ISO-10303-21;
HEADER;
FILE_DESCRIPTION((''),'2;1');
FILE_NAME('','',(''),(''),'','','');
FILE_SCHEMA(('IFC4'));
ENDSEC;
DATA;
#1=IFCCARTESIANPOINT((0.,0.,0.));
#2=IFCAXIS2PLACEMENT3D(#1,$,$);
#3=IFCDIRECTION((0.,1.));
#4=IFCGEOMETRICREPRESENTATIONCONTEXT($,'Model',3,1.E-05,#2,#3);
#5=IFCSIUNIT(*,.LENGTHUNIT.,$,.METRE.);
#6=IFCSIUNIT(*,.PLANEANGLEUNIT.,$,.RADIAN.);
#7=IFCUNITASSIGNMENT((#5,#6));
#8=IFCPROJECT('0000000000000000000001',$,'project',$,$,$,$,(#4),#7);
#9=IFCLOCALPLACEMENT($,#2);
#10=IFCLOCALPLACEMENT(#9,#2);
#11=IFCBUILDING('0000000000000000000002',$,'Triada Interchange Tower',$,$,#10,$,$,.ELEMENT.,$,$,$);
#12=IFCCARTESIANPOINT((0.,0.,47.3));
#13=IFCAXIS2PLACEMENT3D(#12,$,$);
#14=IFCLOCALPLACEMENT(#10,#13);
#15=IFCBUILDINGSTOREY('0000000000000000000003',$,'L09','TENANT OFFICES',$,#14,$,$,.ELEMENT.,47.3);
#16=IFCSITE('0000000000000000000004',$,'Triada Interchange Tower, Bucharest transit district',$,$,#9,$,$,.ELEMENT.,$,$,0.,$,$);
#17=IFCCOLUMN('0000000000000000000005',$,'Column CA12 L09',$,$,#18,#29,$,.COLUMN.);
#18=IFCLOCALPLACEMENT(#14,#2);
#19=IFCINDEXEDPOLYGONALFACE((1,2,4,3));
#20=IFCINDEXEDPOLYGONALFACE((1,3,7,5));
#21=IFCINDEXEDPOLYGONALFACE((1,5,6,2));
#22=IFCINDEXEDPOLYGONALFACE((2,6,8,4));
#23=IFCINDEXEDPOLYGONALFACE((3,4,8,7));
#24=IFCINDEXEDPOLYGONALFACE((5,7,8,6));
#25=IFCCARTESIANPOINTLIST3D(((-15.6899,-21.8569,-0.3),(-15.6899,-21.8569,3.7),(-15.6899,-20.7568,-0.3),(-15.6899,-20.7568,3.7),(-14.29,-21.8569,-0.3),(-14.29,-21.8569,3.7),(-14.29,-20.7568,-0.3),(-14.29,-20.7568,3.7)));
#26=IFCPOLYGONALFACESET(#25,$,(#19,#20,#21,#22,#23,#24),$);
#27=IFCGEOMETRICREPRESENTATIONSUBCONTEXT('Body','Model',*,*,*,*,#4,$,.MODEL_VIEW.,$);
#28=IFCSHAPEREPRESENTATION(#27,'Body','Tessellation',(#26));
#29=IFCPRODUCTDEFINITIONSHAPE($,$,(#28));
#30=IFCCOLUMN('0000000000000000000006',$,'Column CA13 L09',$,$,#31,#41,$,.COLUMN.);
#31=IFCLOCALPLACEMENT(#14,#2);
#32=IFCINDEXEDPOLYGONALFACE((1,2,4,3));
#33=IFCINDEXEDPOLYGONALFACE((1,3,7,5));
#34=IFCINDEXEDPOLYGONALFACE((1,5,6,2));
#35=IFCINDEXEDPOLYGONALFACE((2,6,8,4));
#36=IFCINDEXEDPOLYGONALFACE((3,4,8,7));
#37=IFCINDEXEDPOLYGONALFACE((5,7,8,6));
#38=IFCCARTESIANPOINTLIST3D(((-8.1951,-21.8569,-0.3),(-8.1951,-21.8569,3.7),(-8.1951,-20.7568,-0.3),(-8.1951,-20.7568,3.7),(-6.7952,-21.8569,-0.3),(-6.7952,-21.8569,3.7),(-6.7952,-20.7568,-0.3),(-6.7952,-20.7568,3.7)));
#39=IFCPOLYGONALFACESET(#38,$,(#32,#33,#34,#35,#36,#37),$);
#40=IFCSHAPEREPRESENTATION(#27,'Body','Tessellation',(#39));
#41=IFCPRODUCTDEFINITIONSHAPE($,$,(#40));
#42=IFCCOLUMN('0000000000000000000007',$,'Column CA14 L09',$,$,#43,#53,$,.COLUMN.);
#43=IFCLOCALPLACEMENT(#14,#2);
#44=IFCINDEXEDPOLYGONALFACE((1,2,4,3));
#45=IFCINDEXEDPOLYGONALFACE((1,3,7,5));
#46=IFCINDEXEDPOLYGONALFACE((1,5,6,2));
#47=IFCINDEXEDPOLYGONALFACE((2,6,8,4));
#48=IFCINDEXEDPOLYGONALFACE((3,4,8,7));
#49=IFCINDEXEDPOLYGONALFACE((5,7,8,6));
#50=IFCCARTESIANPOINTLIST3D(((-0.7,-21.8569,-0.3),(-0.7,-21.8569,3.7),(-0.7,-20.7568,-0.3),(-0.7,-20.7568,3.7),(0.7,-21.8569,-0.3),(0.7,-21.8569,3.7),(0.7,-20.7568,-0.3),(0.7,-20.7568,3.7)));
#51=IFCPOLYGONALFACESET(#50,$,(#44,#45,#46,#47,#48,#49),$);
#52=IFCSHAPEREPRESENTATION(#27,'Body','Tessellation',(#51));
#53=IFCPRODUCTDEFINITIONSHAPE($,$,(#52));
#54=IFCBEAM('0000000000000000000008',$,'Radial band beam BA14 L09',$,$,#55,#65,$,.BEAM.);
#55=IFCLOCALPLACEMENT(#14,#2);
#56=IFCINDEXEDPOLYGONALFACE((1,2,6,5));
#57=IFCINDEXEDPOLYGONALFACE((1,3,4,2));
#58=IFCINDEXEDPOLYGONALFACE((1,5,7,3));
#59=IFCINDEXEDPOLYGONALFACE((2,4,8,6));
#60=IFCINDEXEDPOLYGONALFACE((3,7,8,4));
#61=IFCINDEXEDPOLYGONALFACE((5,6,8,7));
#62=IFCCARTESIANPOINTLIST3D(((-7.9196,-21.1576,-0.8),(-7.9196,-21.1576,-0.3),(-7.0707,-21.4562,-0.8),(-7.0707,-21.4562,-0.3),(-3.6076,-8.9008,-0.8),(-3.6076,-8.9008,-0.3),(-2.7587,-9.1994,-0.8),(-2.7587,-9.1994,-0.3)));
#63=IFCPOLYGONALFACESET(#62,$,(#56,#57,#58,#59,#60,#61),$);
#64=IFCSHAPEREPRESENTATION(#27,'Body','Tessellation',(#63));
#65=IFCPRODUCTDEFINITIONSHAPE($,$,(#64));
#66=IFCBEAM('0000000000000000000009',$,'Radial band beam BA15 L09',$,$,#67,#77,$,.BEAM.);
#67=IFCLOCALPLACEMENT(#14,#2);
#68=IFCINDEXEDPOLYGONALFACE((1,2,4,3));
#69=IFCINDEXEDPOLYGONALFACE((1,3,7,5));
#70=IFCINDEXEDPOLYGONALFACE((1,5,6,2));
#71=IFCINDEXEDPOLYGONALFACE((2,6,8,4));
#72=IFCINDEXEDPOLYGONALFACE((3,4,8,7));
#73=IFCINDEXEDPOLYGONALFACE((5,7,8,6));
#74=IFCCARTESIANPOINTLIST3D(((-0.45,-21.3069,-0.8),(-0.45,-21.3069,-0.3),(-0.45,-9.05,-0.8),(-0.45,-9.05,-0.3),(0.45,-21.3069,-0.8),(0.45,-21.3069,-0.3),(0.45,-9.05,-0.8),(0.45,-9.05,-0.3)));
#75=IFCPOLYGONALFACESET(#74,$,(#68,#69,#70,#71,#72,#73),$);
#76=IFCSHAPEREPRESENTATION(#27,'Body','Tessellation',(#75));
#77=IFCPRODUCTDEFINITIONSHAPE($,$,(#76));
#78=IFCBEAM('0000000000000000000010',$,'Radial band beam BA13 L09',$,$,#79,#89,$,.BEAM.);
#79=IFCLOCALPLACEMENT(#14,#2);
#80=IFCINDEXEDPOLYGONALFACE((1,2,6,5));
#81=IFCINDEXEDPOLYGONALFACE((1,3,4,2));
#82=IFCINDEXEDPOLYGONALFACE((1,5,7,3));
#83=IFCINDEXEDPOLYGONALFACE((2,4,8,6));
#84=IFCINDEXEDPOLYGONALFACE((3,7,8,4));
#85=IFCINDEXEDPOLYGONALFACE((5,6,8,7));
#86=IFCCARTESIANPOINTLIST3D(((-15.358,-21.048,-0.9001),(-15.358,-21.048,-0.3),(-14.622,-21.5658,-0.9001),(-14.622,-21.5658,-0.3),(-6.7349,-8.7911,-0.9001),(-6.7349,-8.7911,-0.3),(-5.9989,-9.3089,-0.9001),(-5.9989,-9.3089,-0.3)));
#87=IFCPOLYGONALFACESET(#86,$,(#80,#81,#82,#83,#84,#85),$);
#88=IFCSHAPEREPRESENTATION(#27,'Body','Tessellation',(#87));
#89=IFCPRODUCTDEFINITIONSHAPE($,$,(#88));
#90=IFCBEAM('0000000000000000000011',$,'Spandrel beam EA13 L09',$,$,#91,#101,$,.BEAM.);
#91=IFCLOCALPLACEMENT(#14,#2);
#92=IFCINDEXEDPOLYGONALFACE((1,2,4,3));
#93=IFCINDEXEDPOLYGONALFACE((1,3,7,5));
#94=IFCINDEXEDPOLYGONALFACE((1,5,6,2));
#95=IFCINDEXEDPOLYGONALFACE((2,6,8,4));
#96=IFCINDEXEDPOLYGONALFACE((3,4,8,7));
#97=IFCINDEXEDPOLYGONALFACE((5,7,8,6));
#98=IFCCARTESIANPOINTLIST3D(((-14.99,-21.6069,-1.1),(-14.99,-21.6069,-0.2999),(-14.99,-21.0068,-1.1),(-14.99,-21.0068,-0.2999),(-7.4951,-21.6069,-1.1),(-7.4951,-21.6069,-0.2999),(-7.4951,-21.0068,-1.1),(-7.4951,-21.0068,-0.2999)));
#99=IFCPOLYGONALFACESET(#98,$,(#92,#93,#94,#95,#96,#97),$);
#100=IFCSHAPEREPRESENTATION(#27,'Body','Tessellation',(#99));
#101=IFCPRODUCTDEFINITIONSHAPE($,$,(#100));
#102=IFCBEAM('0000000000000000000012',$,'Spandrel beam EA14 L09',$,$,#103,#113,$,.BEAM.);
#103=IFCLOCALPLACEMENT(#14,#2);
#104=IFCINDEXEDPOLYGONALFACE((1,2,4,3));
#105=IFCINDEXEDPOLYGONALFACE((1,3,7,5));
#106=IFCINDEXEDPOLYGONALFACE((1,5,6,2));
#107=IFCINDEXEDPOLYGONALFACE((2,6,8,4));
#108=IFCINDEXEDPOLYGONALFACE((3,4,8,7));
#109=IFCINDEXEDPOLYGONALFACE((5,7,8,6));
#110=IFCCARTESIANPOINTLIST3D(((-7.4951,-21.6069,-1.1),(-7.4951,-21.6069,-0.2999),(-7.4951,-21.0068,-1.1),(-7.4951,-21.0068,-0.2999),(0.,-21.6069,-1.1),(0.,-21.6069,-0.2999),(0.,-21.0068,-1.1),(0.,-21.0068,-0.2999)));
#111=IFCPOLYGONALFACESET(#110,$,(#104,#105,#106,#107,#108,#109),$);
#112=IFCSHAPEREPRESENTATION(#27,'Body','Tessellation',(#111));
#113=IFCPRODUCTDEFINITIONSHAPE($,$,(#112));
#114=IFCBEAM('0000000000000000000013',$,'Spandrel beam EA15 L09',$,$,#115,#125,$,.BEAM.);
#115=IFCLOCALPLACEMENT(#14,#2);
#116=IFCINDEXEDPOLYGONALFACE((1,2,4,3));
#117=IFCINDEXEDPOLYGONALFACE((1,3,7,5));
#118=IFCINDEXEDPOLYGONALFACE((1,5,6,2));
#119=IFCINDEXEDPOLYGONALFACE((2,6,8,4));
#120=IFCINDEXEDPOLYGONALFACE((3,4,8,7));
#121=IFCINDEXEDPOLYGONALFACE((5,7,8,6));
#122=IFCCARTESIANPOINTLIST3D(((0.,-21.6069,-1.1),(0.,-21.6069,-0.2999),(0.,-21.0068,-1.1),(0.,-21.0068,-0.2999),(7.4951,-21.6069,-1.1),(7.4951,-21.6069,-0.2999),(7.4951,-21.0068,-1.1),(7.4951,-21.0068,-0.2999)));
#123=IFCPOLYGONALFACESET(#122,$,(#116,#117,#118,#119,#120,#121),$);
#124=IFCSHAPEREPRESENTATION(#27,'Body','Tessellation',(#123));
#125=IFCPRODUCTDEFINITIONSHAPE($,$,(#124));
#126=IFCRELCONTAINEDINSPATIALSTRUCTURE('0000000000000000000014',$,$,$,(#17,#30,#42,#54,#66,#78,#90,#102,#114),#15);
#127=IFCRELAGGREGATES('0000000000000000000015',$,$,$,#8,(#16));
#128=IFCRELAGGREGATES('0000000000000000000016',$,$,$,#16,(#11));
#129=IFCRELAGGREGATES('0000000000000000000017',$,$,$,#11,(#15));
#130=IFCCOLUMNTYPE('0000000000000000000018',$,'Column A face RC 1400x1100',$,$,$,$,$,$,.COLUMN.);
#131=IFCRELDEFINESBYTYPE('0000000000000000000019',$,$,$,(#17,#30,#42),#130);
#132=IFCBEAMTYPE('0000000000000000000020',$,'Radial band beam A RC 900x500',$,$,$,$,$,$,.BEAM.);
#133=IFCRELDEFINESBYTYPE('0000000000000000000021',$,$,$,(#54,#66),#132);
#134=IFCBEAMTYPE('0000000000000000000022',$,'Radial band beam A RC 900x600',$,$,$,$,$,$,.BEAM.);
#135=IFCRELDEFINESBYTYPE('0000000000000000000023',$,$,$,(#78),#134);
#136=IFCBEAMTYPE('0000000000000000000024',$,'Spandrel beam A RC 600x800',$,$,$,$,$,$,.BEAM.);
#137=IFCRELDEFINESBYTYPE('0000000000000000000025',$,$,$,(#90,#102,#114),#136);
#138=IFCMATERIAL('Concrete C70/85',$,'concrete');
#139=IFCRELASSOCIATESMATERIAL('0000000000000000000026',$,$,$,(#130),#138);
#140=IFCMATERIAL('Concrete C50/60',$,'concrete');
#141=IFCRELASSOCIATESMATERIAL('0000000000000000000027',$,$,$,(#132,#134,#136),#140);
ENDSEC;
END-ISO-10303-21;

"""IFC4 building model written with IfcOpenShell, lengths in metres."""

from ifc_helpers import new_model, si_unit, direction, frame, origin, origin_2d, place, context, subcontext, project, spatial, rectangle, extrude, material, material_profile, profile_set, type_object, element, save


model = new_model("IFC4")

# Units and contexts
model_context = context("Model", 3, precision=1e-05, world=origin(), true_north=direction((0.0, 1.0)))
body_context = subcontext(model_context, "Body", "Model", "MODEL_VIEW")
ifc_project = project(units=[si_unit("LENGTHUNIT", "METRE"), si_unit("PLANEANGLEUNIT", "RADIAN")], contexts=[model_context])

# Site, building, storey
site_placement = place(None, origin())
site = spatial("IfcSite", under=ifc_project, at=site_placement, Name="Triada Interchange Tower, Bucharest transit district", CompositionType="ELEMENT", RefElevation=0.0)
building_placement = place(site_placement, origin())
building = spatial("IfcBuilding", under=site, at=building_placement, Name="Triada Interchange Tower", CompositionType="ELEMENT")
storey_placement = place(building_placement, frame((0.0, 0.0, 47.3)))
storey = spatial("IfcBuildingStorey", under=building, at=storey_placement, Name="L09", Description="TENANT OFFICES", CompositionType="ELEMENT", Elevation=47.3)

# Columns
ifc_material_1 = material(Name="Concrete C70/85", Category="concrete")
ifc_material_profile_1 = material_profile(ifc_material_1, rectangle(XDim=1.3999, YDim=1.1001, at=origin_2d()), Name="RC 1400x1100")
ifc_profile_set_1 = profile_set([ifc_material_profile_1], Name="Concrete C70/85")
column_type = type_object("IfcColumnType", Name="Column A face RC 1400x1100", PredefinedType="COLUMN", material=ifc_profile_set_1)
for number, where, z_axis, x_axis, name in (
    (1, (-14.99, -21.3069, -0.3), (0.0, 0.0, 1.0), (1.0, 0.0, 0.0), "Column CA12 L09"),
    (2, (-7.4951, -21.3069, -0.3), (0.0, 0.0, 1.0), (1.0, 0.0, 0.0), "Column CA13 L09"),
    (3, (0.0, -21.3069, -0.3), (0.0, 0.0, 1.0), (1.0, 0.0, 0.0), "Column CA14 L09"),
):
    element("IfcColumn", number, at=place(storey_placement, frame(where, z_axis=z_axis, x_axis=x_axis)), inside=storey, type_object=column_type, Name=name, PredefinedType="COLUMN", context=body_context, shape_type="SweptSolid", body=[
        extrude(rectangle(XDim=1.3999, YDim=1.1001, at=origin_2d()), origin(), (0.0, 0.0, 1.0), 4.0),
    ])

# Beams
ifc_material_2 = material(Name="Concrete C50/60", Category="concrete")
ifc_material_profile_2 = material_profile(ifc_material_2, rectangle(XDim=0.8999, YDim=0.5, at=origin_2d()), Name="RC 900x500")
ifc_profile_set_2 = profile_set([ifc_material_profile_2], Name="Concrete C50/60")
beam_type_1 = type_object("IfcBeamType", Name="Radial band beam A RC 900x500", PredefinedType="BEAM", material=ifc_profile_set_2)
beam_1_placement = place(storey_placement, frame((-7.4951, -21.3069, -0.55), z_axis=(0.331867, 0.943326, 0.0), x_axis=(-0.943326, 0.331867, 0.0)))
element("IfcBeam", 4, at=beam_1_placement, inside=storey, type_object=beam_type_1, Name="Radial band beam BA14 L09", PredefinedType="BEAM", context=body_context, shape_type="SweptSolid", body=[
    extrude(rectangle(XDim=0.8999, YDim=0.5, at=origin_2d()), origin(), (0.0, 0.0, 1.0), 12.9932),
])
beam_2_placement = place(storey_placement, frame((0.0, -21.3069, -0.55), z_axis=(0.0, 1.0, 0.0), x_axis=(-1.0, 0.0, 0.0)))
element("IfcBeam", 5, at=beam_2_placement, inside=storey, type_object=beam_type_1, Name="Radial band beam BA15 L09", PredefinedType="BEAM", context=body_context, shape_type="SweptSolid", body=[
    extrude(rectangle(XDim=0.8999, YDim=0.5, at=origin_2d()), origin(), (0.0, 0.0, 1.0), 12.2568),
])
ifc_material_profile_3 = material_profile(ifc_material_2, rectangle(XDim=0.8999, YDim=0.6001, at=origin_2d()), Name="RC 900x600")
ifc_profile_set_3 = profile_set([ifc_material_profile_3], Name="Concrete C50/60")
beam_type_2 = type_object("IfcBeamType", Name="Radial band beam A RC 900x600", PredefinedType="BEAM", material=ifc_profile_set_3)
beam_3_placement = place(storey_placement, frame((-14.99, -21.3069, -0.6001), z_axis=(0.575398, 0.817873, 0.0), x_axis=(-0.817873, 0.575398, 0.0)))
element("IfcBeam", 6, at=beam_3_placement, inside=storey, type_object=beam_type_2, Name="Radial band beam BA13 L09", PredefinedType="BEAM", context=body_context, shape_type="SweptSolid", body=[
    extrude(rectangle(XDim=0.8999, YDim=0.6001, at=origin_2d()), origin(), (0.0, 0.0, 1.0), 14.9863),
])
ifc_material_profile_4 = material_profile(ifc_material_2, rectangle(XDim=0.6001, YDim=0.8, at=origin_2d()), Name="RC 600x800")
ifc_profile_set_4 = profile_set([ifc_material_profile_4], Name="Concrete C50/60")
beam_type_3 = type_object("IfcBeamType", Name="Spandrel beam A RC 600x800", PredefinedType="BEAM", material=ifc_profile_set_4)
beam_4_placement = place(storey_placement, frame((-14.99, -21.3069, -0.7), z_axis=(1.0, 0.0, 0.0), x_axis=(0.0, 1.0, 0.0)))
element("IfcBeam", 7, at=beam_4_placement, inside=storey, type_object=beam_type_3, Name="Spandrel beam EA13 L09", PredefinedType="BEAM", context=body_context, shape_type="SweptSolid", body=[
    extrude(rectangle(XDim=0.6001, YDim=0.8, at=origin_2d()), origin(), (0.0, 0.0, 1.0), 7.4949),
])
for number, where, z_axis, x_axis, name in (
    (8, (-7.4951, -21.3069, -0.7), (1.0, 0.0, 0.0), (0.0, 1.0, 0.0), "Spandrel beam EA14 L09"),
    (9, (0.0, -21.3069, -0.7), (1.0, 0.0, 0.0), (0.0, 1.0, 0.0), "Spandrel beam EA15 L09"),
):
    element("IfcBeam", number, at=place(storey_placement, frame(where, z_axis=z_axis, x_axis=x_axis)), inside=storey, type_object=beam_type_3, Name=name, PredefinedType="BEAM", context=body_context, shape_type="SweptSolid", body=[
        extrude(rectangle(XDim=0.6001, YDim=0.8, at=origin_2d()), origin(), (0.0, 0.0, 1.0), 7.4951),
    ])

save(model, "model.ifc")
